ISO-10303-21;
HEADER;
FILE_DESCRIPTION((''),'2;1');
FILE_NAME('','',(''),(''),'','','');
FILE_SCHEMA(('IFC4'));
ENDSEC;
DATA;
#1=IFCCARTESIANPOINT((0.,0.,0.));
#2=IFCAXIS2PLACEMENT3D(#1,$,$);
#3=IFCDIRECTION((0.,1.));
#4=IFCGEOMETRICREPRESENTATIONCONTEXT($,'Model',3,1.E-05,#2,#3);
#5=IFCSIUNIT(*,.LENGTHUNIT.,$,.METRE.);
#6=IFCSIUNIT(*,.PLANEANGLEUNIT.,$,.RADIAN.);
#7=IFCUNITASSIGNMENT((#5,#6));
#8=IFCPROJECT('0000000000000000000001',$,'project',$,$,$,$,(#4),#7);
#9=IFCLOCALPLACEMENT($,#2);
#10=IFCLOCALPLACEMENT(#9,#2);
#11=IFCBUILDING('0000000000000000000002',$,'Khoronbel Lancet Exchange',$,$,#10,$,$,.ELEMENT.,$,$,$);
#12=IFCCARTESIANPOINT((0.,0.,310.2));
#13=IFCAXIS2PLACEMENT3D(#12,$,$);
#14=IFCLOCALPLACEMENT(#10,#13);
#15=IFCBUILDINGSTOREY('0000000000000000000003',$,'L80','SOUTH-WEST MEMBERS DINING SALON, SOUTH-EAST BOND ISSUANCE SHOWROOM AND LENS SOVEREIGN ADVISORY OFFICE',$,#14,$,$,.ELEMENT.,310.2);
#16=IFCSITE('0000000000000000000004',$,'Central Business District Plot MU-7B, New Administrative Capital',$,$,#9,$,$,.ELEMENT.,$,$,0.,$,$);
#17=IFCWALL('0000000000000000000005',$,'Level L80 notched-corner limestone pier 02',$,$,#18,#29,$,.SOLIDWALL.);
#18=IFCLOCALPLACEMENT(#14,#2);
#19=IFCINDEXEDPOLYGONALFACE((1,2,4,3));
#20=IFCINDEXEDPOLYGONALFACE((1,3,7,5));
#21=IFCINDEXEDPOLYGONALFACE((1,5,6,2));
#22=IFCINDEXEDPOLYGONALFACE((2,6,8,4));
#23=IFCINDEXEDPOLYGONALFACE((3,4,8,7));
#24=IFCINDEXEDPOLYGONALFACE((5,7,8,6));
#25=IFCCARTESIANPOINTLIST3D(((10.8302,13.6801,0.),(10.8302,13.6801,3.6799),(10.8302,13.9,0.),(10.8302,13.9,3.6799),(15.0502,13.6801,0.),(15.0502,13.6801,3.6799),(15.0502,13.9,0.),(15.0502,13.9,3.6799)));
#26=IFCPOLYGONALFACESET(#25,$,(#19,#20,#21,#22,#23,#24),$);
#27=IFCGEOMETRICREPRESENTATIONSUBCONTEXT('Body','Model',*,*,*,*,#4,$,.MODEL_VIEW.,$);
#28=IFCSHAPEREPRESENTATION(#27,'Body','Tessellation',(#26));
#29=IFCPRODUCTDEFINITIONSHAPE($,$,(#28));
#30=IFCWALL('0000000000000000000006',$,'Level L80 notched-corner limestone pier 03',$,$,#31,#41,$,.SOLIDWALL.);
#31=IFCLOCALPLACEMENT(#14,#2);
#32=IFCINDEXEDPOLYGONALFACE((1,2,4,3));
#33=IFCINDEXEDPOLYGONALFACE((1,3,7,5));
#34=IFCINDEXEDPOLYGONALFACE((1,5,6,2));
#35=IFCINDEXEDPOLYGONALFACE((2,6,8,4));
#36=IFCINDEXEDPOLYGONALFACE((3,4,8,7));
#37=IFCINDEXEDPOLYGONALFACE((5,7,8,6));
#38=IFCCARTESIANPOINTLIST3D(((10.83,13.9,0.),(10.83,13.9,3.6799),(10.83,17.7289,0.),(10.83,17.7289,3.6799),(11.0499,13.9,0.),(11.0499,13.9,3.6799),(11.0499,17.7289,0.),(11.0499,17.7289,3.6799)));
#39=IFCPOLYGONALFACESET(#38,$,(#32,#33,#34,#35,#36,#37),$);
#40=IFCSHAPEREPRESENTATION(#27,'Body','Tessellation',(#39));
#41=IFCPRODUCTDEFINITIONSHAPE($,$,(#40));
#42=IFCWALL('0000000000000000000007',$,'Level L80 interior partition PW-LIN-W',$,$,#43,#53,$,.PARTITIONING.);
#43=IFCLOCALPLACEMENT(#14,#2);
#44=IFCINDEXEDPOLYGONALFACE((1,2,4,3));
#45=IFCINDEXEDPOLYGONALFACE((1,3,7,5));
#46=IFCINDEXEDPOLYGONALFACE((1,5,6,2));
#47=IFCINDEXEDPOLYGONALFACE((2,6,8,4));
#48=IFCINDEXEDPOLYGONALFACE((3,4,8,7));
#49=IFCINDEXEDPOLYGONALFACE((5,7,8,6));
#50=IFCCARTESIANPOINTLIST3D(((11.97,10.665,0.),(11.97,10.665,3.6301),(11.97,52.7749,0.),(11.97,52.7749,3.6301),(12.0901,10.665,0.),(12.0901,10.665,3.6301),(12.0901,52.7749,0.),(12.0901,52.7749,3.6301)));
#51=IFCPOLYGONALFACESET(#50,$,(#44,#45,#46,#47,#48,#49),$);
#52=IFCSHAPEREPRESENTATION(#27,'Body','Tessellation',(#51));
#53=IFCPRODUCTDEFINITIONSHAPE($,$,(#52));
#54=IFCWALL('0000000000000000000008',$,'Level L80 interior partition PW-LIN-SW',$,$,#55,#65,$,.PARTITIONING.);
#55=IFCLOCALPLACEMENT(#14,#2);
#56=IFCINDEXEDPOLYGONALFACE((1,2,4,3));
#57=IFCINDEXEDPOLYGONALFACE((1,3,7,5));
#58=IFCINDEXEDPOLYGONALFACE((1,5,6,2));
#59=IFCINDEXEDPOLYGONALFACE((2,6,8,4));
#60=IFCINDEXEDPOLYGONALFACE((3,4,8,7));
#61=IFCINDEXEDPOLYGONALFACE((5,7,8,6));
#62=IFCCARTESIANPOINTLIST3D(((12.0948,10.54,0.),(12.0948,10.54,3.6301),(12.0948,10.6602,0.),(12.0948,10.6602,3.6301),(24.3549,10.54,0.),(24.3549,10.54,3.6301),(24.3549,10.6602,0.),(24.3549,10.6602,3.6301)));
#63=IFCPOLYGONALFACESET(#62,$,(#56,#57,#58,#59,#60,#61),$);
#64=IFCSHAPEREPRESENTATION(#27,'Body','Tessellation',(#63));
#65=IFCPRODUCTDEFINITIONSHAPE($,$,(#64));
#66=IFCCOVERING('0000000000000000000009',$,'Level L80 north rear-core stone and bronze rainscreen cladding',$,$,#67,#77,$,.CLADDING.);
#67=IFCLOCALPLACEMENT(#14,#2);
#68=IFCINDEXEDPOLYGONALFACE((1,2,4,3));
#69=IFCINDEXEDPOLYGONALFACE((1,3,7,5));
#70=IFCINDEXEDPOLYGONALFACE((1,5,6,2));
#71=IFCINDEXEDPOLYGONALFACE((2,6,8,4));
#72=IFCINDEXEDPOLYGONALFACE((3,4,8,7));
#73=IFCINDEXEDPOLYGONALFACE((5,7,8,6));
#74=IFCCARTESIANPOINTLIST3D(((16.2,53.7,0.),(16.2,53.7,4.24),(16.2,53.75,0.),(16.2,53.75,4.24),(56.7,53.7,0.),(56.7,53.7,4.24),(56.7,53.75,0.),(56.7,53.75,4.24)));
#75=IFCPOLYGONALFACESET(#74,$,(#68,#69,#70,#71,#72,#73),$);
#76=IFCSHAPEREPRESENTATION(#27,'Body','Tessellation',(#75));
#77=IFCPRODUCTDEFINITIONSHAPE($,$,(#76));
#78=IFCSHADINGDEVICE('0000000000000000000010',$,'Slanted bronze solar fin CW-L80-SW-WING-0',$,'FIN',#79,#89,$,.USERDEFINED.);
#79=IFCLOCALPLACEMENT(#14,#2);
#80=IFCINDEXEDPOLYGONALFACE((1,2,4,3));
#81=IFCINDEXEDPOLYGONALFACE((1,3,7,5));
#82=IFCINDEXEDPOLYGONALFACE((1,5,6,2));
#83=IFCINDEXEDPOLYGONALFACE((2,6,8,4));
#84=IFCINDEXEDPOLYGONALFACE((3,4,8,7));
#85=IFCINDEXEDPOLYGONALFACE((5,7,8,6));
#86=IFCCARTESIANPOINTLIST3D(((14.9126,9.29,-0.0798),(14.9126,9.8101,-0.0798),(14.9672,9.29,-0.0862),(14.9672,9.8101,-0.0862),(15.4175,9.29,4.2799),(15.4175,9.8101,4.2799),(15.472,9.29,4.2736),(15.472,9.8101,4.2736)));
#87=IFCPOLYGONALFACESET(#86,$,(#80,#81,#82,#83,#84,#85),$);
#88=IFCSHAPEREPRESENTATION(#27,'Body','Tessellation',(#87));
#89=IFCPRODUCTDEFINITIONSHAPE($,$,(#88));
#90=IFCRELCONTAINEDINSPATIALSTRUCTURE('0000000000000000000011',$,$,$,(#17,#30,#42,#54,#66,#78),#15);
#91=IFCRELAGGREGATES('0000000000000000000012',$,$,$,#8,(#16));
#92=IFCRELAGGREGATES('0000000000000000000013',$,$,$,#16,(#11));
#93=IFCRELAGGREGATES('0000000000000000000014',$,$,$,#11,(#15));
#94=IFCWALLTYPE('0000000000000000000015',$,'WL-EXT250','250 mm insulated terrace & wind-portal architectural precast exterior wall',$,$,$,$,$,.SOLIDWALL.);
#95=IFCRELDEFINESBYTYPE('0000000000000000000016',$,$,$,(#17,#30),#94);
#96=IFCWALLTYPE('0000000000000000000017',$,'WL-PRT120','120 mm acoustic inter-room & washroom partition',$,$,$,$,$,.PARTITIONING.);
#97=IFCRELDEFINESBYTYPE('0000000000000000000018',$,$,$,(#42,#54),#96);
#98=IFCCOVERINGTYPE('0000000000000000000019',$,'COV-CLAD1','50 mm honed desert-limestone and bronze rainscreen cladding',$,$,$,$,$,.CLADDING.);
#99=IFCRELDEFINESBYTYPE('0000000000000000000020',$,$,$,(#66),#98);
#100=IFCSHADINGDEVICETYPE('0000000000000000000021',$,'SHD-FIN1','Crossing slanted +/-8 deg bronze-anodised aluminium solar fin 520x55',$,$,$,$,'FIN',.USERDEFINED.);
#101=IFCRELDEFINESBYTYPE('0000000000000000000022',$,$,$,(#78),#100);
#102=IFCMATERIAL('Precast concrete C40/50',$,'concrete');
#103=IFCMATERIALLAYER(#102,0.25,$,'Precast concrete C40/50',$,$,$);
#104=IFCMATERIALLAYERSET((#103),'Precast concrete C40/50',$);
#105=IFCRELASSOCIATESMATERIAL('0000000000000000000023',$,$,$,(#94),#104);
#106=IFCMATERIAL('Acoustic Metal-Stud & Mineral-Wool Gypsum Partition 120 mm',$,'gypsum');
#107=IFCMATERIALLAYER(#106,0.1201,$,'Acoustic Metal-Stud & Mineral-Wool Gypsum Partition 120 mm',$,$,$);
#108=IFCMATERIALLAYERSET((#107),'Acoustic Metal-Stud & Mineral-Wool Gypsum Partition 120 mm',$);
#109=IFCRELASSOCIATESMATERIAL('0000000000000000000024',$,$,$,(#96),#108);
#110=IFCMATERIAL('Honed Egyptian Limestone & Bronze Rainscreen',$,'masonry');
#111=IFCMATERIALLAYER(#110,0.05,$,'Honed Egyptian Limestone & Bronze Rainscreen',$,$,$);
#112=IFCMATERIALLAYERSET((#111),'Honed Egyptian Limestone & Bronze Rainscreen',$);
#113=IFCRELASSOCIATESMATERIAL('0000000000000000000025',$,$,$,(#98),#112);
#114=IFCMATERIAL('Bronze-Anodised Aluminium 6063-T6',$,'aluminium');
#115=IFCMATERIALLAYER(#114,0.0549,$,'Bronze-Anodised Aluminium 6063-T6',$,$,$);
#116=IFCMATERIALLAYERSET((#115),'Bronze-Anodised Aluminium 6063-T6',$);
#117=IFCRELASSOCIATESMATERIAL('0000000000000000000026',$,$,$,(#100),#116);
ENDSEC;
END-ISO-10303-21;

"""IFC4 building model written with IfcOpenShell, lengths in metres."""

from ifc_helpers import new_model, si_unit, direction, frame, frame_2d, origin, place, context, subcontext, project, spatial, polyline, rectangle, outline, extrude, material, layer, layer_set, type_object, element, save


model = new_model("IFC4")

# Units and contexts
model_context = context("Model", 3, precision=1e-05, world=origin(), true_north=direction((0.0, 1.0)))
body_context = subcontext(model_context, "Body", "Model", "MODEL_VIEW")
ifc_project = project(units=[si_unit("LENGTHUNIT", "METRE"), si_unit("PLANEANGLEUNIT", "RADIAN")], contexts=[model_context])

# Site, building, storey
site_placement = place(None, origin())
site = spatial("IfcSite", under=ifc_project, at=site_placement, Name="Central Business District Plot MU-7B, New Administrative Capital", CompositionType="ELEMENT", RefElevation=0.0)
building_placement = place(site_placement, origin())
building = spatial("IfcBuilding", under=site, at=building_placement, Name="Khoronbel Lancet Exchange", CompositionType="ELEMENT")
storey_placement = place(building_placement, frame((0.0, 0.0, 310.2)))
storey = spatial("IfcBuildingStorey", under=building, at=storey_placement, Name="L80", Description="SOUTH-WEST MEMBERS DINING SALON, SOUTH-EAST BOND ISSUANCE SHOWROOM AND LENS SOVEREIGN ADVISORY OFFICE", CompositionType="ELEMENT", Elevation=310.2)

# Shared definitions
ifc_material_1 = material(Name="Bronze-Anodised Aluminium 6063-T6", Category="aluminium")

# Walls
ifc_material_2 = material(Name="Precast concrete C40/50", Category="concrete")
ifc_layer_1 = layer(ifc_material_2, 0.25, Name="Precast concrete C40/50")
ifc_layer_set_1 = layer_set([ifc_layer_1], Name="Precast concrete C40/50")
wall_type_1 = type_object("IfcWallType", Name="WL-EXT250", Description="250 mm insulated terrace & wind-portal architectural precast exterior wall", PredefinedType="SOLIDWALL", material=ifc_layer_set_1)
wall_1_placement = place(storey_placement, frame((15.05, 13.79, 0.0), z_axis=(0.0, 0.0, 1.0), x_axis=(-1.0, 0.0, 0.0)))
element("IfcWall", 1, at=wall_1_placement, inside=storey, type_object=wall_type_1, Name="Level L80 notched-corner limestone pier 02", PredefinedType="SOLIDWALL", context=body_context, shape_type="SweptSolid", body=[
    extrude(rectangle(XDim=4.22, YDim=0.22, at=frame_2d((2.1099, 0.0))), origin(), (0.0, 0.0, 1.0), 3.6799),
])
wall_2_placement = place(storey_placement, frame((10.9399, 13.8999, 0.0), z_axis=(0.0, 0.0, 1.0), x_axis=(0.0, 1.0, 0.0)))
element("IfcWall", 2, at=wall_2_placement, inside=storey, type_object=wall_type_1, Name="Level L80 notched-corner limestone pier 03", PredefinedType="SOLIDWALL", context=body_context, shape_type="SweptSolid", body=[
    extrude(rectangle(XDim=3.8289, YDim=0.22, at=frame_2d((1.9146, 0.0))), origin(), (0.0, 0.0, 1.0), 3.6799),
])
ifc_material_3 = material(Name="Acoustic Metal-Stud & Mineral-Wool Gypsum Partition 120 mm", Category="gypsum")
ifc_layer_2 = layer(ifc_material_3, 0.1201, Name="Acoustic Metal-Stud & Mineral-Wool Gypsum Partition 120 mm")
ifc_layer_set_2 = layer_set([ifc_layer_2], Name="Acoustic Metal-Stud & Mineral-Wool Gypsum Partition 120 mm")
wall_type_2 = type_object("IfcWallType", Name="WL-PRT120", Description="120 mm acoustic inter-room & washroom partition", PredefinedType="PARTITIONING", material=ifc_layer_set_2)
wall_3_placement = place(storey_placement, frame((12.03, 10.665, 0.0), z_axis=(0.0, 0.0, 1.0), x_axis=(0.0, 1.0, 0.0)))
element("IfcWall", 3, at=wall_3_placement, inside=storey, type_object=wall_type_2, Name="Level L80 interior partition PW-LIN-W", PredefinedType="PARTITIONING", context=body_context, shape_type="SweptSolid", body=[
    extrude(rectangle(XDim=42.1099, YDim=0.1201, at=frame_2d((21.0549, 0.0))), origin(), (0.0, 0.0, 1.0), 3.6301),
])
wall_4_placement = place(storey_placement, frame((12.095, 10.6001, 0.0), z_axis=(0.0, 0.0, 1.0), x_axis=(1.0, 0.0, 0.0)))
element("IfcWall", 4, at=wall_4_placement, inside=storey, type_object=wall_type_2, Name="Level L80 interior partition PW-LIN-SW", PredefinedType="PARTITIONING", context=body_context, shape_type="SweptSolid", body=[
    extrude(rectangle(XDim=12.26, YDim=0.1201, at=frame_2d((6.1299, 0.0))), origin(), (0.0, 0.0, 1.0), 3.6301),
])

# Covering
ifc_material_4 = material(Name="Honed Egyptian Limestone & Bronze Rainscreen", Category="masonry")
ifc_layer_3 = layer(ifc_material_4, 0.05, Name="Honed Egyptian Limestone & Bronze Rainscreen")
ifc_layer_set_3 = layer_set([ifc_layer_3], Name="Honed Egyptian Limestone & Bronze Rainscreen")
covering_type = type_object("IfcCoveringType", Name="COV-CLAD1", Description="50 mm honed desert-limestone and bronze rainscreen cladding", PredefinedType="CLADDING", material=ifc_layer_set_3)
covering_placement = place(storey_placement, origin())
element("IfcCovering", 5, at=covering_placement, inside=storey, type_object=covering_type, Name="Level L80 north rear-core stone and bronze rainscreen cladding", PredefinedType="CLADDING", context=body_context, shape_type="SweptSolid", body=[
    extrude(outline(polyline([(16.2, 53.7), (56.7, 53.7), (56.7, 53.75), (16.2, 53.75), (16.2, 53.7)])), origin(), (0.0, 0.0, 1.0), 4.24),
])

# Shading device
ifc_layer_4 = layer(ifc_material_1, 0.0549, Name="Bronze-Anodised Aluminium 6063-T6")
ifc_layer_set_4 = layer_set([ifc_layer_4], Name="Bronze-Anodised Aluminium 6063-T6")
shading_device_type = type_object("IfcShadingDeviceType", Name="SHD-FIN1", Description="Crossing slanted +/-8 deg bronze-anodised aluminium solar fin 520x55", ElementType="FIN", PredefinedType="USERDEFINED", material=ifc_layer_set_4)
shading_device_placement = place(storey_placement, frame((14.9126, 9.8101, -0.0798), z_axis=(-0.993362, 0.0, 0.115034), x_axis=(0.0, -1.0, 0.0)))
element("IfcShadingDevice", 6, at=shading_device_placement, inside=storey, type_object=shading_device_type, Name="Slanted bronze solar fin CW-L80-SW-WING-0", ObjectType="FIN", PredefinedType="USERDEFINED", context=body_context, shape_type="SweptSolid", body=[
    extrude(outline(polyline([(0.0, 0.0), (0.52, 0.0), (0.52, 4.3889), (0.0, 4.3889), (0.0, 0.0)])), origin(), (0.0, 0.0, -1.0), 0.0549),
])

save(model, "model.ifc")
